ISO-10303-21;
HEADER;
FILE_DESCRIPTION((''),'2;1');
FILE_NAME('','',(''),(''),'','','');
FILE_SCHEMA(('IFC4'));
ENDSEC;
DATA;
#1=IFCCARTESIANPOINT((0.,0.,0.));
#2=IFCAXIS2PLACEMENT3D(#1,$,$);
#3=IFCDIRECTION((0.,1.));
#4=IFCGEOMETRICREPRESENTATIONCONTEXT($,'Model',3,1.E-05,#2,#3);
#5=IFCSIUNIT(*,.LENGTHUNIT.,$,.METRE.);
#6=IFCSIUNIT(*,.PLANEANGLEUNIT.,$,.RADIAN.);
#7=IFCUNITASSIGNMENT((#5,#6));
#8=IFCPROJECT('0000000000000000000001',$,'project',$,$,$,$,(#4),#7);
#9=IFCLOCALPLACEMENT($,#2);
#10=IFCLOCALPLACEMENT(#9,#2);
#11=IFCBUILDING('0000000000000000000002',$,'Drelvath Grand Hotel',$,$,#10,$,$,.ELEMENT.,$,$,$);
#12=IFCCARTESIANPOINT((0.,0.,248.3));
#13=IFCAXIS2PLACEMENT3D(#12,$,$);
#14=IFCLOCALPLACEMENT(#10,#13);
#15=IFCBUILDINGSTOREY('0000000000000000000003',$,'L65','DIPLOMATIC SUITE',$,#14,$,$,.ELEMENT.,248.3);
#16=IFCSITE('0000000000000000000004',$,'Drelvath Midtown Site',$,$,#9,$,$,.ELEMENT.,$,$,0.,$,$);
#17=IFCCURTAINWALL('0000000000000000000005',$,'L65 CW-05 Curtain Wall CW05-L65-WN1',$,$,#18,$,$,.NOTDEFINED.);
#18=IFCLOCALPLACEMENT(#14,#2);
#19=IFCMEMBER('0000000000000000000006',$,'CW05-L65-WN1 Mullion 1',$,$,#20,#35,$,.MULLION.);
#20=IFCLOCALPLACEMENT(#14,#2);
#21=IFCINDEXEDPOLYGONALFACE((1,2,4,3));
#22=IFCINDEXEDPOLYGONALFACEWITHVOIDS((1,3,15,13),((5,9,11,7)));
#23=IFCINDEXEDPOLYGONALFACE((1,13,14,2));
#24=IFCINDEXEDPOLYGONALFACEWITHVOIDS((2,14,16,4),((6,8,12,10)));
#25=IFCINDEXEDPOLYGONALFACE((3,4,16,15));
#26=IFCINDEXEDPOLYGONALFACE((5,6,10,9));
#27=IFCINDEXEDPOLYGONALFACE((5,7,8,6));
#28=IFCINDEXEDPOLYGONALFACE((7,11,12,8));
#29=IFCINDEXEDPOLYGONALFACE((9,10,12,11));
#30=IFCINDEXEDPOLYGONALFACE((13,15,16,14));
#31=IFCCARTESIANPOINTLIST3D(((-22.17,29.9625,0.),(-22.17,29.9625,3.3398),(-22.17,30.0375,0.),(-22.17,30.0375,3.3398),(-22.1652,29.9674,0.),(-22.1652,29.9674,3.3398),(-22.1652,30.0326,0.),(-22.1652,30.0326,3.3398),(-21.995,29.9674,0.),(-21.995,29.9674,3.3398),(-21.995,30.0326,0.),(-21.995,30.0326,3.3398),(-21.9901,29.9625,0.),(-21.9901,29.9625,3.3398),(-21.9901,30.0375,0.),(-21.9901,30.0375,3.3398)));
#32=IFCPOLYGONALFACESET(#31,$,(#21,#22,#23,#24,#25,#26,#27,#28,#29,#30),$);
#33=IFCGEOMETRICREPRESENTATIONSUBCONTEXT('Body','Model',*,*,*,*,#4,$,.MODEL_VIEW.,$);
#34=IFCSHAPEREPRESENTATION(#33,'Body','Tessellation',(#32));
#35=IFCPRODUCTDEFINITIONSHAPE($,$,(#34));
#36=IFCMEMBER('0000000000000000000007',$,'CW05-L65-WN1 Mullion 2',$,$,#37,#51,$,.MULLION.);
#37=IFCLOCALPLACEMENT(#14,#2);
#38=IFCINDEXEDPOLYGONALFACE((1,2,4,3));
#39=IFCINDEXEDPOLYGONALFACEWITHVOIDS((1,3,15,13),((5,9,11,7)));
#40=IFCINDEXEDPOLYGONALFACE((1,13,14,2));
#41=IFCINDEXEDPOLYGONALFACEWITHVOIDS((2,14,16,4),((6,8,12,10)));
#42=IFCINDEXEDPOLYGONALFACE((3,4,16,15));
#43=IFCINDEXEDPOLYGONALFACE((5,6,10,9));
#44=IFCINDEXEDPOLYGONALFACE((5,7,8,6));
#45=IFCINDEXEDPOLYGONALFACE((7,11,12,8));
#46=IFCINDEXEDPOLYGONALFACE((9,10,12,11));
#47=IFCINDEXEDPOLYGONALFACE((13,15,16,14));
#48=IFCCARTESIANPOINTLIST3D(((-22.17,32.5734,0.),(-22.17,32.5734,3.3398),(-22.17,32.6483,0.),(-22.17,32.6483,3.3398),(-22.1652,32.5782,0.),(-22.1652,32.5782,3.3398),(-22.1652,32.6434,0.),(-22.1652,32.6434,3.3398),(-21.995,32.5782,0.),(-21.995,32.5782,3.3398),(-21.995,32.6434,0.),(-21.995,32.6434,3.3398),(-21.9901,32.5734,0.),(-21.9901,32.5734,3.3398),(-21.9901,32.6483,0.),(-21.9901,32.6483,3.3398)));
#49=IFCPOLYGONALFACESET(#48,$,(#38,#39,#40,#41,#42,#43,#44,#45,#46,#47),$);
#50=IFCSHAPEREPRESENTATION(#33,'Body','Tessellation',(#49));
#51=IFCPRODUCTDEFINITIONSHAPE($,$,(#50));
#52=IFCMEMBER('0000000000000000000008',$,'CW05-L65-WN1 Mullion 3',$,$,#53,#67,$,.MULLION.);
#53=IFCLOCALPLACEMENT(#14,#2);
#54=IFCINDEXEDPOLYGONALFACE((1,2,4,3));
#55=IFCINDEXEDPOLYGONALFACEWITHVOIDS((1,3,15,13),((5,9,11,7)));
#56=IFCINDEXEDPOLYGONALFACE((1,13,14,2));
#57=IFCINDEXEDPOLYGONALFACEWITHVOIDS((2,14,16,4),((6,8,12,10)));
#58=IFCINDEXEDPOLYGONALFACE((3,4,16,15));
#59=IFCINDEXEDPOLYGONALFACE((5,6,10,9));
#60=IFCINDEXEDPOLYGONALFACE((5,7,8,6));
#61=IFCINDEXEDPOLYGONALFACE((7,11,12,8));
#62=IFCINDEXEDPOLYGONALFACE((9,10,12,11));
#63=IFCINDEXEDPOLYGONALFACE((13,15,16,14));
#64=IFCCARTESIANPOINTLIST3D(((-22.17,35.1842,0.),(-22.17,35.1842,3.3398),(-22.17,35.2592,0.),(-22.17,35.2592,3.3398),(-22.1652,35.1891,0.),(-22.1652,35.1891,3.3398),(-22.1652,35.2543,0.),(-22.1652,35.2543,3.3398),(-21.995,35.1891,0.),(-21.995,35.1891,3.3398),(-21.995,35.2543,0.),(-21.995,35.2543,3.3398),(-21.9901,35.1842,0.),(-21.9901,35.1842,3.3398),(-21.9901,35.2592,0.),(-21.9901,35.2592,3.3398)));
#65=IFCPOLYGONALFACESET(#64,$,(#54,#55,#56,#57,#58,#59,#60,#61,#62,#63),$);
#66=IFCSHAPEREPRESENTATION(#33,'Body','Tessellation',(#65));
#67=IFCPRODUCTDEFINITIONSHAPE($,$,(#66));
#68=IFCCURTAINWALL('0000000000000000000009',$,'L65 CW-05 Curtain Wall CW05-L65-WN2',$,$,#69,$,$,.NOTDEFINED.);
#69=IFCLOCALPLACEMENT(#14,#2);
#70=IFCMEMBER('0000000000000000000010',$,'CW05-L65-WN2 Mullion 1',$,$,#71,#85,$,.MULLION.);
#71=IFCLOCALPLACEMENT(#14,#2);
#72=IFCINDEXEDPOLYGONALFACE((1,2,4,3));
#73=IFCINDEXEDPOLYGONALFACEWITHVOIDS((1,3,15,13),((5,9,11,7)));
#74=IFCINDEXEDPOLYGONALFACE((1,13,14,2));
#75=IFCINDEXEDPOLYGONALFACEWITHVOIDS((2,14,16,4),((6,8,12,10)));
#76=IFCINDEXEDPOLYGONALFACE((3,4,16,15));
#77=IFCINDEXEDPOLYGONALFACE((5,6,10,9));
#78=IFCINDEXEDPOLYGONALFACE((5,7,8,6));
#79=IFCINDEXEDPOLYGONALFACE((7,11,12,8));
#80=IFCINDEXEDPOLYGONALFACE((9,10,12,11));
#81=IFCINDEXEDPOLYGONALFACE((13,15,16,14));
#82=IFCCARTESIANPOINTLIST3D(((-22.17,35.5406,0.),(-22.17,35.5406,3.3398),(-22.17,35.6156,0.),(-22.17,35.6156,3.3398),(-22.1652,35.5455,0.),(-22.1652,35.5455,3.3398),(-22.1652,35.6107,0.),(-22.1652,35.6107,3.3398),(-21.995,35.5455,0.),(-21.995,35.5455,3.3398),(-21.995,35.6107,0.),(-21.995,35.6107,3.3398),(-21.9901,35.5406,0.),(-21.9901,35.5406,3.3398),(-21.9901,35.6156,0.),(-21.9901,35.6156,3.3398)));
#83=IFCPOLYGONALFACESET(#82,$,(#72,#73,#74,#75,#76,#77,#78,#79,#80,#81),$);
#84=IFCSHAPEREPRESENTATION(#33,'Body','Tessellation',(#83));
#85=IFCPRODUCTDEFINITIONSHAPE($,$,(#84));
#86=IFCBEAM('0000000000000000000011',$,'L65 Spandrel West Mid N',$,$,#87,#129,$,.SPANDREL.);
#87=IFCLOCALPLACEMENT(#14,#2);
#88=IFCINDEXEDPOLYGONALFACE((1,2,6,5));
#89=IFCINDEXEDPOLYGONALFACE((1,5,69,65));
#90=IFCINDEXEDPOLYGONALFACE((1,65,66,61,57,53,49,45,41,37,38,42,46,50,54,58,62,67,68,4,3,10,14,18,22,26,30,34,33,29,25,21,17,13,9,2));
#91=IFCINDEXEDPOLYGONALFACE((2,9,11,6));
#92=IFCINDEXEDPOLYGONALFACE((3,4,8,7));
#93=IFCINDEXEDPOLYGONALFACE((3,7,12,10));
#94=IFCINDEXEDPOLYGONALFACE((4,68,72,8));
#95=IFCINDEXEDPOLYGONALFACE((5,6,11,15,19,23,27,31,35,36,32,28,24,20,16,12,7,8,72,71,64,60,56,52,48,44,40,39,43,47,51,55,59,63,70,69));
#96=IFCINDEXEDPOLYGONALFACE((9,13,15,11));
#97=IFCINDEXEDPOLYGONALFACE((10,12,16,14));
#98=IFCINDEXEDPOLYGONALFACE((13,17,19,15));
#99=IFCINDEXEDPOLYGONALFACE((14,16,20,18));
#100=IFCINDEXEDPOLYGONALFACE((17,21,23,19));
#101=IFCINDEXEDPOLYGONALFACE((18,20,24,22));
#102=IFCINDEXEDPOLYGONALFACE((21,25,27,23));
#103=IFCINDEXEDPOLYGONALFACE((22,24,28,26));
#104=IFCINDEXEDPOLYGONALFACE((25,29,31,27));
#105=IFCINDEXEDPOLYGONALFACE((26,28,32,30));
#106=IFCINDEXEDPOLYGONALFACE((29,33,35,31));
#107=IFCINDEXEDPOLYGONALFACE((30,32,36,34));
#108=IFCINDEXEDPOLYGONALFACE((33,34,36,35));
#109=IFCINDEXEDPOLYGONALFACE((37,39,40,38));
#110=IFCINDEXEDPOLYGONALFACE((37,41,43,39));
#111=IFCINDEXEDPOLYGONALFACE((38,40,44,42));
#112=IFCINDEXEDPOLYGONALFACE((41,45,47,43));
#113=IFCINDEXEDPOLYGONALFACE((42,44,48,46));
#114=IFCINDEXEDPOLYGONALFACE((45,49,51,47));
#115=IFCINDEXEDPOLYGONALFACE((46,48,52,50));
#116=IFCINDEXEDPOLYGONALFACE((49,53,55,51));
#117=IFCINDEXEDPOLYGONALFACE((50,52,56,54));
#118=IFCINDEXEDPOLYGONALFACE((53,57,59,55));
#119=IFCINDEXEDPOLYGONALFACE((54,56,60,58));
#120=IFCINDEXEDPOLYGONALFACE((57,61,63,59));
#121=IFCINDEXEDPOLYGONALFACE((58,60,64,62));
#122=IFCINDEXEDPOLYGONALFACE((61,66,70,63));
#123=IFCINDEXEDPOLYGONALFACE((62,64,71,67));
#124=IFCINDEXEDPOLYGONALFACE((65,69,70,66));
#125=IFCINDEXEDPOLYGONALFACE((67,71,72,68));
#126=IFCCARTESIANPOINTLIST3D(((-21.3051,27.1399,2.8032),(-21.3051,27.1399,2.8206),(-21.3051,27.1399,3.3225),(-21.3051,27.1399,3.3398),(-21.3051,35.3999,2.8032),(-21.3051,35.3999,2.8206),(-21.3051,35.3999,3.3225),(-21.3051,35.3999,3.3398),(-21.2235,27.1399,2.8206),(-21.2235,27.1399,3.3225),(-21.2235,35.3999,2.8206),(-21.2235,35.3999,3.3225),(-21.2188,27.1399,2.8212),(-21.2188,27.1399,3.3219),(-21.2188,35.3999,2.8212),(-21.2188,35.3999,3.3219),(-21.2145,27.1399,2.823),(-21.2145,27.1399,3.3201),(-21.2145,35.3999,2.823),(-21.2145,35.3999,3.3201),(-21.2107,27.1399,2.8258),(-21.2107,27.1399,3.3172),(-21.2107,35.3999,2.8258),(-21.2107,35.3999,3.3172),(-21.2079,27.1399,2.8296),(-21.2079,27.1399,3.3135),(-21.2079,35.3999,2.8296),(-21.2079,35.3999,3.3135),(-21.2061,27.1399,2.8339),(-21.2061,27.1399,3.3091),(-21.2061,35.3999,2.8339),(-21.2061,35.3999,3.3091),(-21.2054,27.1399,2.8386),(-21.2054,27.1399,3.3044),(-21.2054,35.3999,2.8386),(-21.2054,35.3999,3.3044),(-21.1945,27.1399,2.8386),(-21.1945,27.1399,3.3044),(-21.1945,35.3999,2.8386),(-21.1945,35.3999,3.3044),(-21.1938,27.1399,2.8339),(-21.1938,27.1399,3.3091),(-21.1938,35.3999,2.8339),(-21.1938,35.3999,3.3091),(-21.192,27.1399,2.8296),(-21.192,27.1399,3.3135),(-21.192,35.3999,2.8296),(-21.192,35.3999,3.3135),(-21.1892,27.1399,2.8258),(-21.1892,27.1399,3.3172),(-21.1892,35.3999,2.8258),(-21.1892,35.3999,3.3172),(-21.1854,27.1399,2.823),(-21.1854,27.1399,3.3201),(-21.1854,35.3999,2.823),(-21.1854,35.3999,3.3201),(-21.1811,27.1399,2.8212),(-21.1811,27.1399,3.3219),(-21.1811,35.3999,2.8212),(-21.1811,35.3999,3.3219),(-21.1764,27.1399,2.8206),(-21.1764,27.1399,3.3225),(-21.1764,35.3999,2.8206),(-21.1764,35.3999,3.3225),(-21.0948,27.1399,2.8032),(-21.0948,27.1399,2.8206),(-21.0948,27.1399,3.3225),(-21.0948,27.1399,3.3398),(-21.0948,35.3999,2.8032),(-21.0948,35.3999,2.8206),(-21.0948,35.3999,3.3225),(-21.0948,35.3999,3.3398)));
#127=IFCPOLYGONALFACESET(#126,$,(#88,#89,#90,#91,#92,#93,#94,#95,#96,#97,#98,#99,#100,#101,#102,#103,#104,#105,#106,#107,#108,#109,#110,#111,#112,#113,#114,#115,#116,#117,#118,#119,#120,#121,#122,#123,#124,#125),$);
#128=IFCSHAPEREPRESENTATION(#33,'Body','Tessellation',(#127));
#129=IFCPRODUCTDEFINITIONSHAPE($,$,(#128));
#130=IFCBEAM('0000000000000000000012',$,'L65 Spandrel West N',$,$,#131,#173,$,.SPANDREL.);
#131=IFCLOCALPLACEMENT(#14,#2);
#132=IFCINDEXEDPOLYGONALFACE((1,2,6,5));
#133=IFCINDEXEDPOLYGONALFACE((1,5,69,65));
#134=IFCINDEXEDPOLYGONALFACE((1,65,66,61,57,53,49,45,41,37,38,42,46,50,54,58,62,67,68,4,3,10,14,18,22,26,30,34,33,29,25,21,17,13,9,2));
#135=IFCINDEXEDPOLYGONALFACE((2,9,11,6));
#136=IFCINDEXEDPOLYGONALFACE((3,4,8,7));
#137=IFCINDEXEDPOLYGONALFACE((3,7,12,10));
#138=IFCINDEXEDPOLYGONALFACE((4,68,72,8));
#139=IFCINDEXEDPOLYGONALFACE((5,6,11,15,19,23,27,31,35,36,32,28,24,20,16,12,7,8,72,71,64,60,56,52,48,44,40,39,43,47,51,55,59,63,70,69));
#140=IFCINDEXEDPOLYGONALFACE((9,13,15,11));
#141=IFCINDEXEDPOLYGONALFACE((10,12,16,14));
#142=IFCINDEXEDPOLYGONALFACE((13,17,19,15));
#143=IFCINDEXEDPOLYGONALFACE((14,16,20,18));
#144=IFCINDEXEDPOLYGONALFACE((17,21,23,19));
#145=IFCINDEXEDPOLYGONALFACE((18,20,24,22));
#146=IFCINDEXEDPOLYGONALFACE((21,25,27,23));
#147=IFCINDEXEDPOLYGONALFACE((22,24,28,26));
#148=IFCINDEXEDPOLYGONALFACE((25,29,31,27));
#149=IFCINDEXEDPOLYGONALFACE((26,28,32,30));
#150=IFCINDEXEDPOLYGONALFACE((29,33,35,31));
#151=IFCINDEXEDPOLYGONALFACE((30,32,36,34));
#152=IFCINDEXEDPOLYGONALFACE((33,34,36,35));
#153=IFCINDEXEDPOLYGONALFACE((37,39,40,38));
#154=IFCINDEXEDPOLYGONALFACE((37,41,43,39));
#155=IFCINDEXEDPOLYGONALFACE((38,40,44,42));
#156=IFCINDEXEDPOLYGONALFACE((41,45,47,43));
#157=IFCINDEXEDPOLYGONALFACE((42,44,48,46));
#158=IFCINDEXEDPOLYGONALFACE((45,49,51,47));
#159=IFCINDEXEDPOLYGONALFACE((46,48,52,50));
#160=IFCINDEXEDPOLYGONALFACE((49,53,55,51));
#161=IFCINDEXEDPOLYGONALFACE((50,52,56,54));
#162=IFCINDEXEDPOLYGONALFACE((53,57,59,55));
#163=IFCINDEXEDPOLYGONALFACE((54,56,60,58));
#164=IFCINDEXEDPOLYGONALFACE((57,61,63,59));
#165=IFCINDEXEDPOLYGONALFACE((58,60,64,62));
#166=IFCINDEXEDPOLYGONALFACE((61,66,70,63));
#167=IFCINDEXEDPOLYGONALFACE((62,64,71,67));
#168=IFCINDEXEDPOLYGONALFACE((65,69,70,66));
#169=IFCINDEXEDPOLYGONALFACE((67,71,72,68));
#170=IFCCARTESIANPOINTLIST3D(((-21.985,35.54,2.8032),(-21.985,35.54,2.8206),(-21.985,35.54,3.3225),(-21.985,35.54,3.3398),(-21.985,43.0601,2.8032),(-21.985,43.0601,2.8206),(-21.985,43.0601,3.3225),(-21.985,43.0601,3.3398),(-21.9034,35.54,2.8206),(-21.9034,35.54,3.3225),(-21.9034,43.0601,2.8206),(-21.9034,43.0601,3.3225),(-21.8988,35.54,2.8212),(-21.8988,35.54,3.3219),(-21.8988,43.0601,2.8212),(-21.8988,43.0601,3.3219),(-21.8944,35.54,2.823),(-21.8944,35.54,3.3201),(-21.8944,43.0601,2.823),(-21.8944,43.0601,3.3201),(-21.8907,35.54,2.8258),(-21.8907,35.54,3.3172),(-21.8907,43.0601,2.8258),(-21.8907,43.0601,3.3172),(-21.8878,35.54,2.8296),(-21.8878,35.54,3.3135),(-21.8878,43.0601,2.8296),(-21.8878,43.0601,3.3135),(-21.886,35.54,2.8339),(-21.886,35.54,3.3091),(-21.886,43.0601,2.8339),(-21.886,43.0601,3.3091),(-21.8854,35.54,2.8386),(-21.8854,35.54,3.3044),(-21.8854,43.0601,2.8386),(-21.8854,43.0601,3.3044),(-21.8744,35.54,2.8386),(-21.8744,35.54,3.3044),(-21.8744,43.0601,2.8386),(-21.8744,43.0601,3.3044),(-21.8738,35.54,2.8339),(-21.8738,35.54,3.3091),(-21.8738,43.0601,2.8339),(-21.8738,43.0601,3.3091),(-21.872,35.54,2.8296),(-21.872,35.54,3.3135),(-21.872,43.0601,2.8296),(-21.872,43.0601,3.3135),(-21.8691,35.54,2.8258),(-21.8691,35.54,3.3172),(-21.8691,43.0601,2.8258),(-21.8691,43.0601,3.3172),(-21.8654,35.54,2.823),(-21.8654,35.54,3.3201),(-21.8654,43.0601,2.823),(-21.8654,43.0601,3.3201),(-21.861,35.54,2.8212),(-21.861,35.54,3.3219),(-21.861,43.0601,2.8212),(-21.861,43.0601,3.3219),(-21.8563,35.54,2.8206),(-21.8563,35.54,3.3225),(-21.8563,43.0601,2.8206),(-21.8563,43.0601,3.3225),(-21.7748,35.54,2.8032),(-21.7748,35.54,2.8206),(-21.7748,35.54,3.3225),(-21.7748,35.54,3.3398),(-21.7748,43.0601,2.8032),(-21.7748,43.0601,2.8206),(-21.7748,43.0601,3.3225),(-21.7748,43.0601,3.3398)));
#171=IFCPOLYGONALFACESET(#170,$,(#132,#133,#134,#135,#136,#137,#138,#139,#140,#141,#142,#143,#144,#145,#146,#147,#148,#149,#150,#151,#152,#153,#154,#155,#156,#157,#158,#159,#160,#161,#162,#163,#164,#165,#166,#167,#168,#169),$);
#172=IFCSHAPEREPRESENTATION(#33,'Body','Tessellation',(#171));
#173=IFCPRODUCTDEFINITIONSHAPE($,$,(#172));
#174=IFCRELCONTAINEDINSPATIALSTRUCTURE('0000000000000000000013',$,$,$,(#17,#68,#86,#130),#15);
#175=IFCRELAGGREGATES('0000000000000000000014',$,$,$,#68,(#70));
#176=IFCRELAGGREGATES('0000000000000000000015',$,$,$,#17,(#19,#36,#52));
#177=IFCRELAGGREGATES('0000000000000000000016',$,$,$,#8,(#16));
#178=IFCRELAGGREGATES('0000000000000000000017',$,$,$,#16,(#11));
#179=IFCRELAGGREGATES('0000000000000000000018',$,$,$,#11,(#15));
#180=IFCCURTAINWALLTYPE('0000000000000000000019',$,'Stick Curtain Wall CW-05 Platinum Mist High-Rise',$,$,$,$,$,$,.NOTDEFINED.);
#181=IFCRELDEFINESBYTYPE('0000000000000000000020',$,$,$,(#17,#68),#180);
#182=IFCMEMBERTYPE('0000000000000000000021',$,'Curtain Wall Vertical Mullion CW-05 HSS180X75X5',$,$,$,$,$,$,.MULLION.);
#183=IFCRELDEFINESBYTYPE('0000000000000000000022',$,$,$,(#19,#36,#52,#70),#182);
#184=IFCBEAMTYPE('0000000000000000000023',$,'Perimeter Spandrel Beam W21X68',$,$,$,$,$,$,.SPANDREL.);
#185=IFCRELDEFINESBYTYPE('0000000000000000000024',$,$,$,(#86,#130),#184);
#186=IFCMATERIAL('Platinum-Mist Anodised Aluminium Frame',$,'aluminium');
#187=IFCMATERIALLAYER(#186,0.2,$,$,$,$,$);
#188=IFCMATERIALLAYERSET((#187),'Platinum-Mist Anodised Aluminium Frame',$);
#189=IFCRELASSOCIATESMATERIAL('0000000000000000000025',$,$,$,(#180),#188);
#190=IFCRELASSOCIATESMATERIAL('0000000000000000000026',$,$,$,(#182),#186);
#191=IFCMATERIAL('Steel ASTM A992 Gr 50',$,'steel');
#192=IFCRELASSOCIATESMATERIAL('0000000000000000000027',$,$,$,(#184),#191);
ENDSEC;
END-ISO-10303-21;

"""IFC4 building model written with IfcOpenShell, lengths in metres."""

from ifc_helpers import new_model, si_unit, direction, frame, origin, origin_2d, place, context, subcontext, project, spatial, hollow_rectangle, i_section, extrude, material, layer, layer_set, material_profile, profile_set, type_object, element, aggregate, save


model = new_model("IFC4")

# Units and contexts
model_context = context("Model", 3, precision=1e-05, world=origin(), true_north=direction((0.0, 1.0)))
body_context = subcontext(model_context, "Body", "Model", "MODEL_VIEW")
ifc_project = project(units=[si_unit("LENGTHUNIT", "METRE"), si_unit("PLANEANGLEUNIT", "RADIAN")], contexts=[model_context])

# Site, building, storey
site_placement = place(None, origin())
site = spatial("IfcSite", under=ifc_project, at=site_placement, Name="Drelvath Midtown Site", CompositionType="ELEMENT", RefElevation=0.0)
building_placement = place(site_placement, origin())
building = spatial("IfcBuilding", under=site, at=building_placement, Name="Drelvath Grand Hotel", CompositionType="ELEMENT")
storey_placement = place(building_placement, frame((0.0, 0.0, 248.3)))
storey = spatial("IfcBuildingStorey", under=building, at=storey_placement, Name="L65", Description="DIPLOMATIC SUITE", CompositionType="ELEMENT", Elevation=248.3)

# Curtain wall
ifc_material_1 = material(Name="Platinum-Mist Anodised Aluminium Frame", Category="aluminium")
ifc_layer_1 = layer(ifc_material_1, 0.2)
ifc_layer_set_1 = layer_set([ifc_layer_1], Name="Platinum-Mist Anodised Aluminium Frame")
curtain_wall_type = type_object("IfcCurtainWallType", Name="Stick Curtain Wall CW-05 Platinum Mist High-Rise", PredefinedType="NOTDEFINED", material=ifc_layer_set_1)
curtain_wall_1_placement = place(storey_placement, origin())
curtain_wall_1 = element("IfcCurtainWall", 1, at=curtain_wall_1_placement, inside=storey, type_object=curtain_wall_type, Name="L65 CW-05 Curtain Wall CW05-L65-WN1", PredefinedType="NOTDEFINED")
ifc_material_profile_1 = material_profile(ifc_material_1, hollow_rectangle(XDim=0.075, YDim=0.1799, WallThickness=0.0049, at=origin_2d()), Name="HSS180X75X5")
ifc_profile_set_1 = profile_set([ifc_material_profile_1], Name="Platinum-Mist Anodised Aluminium Frame")
member_type_1 = type_object("IfcMemberType", Name="Curtain Wall Vertical Mullion CW-05 HSS180X75X5", PredefinedType="MULLION", material=ifc_profile_set_1)

# Members
member_1_placement = place(storey_placement, frame((-22.0801, 30.0, 0.0), z_axis=(0.0, 0.0, 1.0), x_axis=(0.0, 1.0, 0.0)))
member_1 = element("IfcMember", 2, at=member_1_placement, type_object=member_type_1, Name="CW05-L65-WN1 Mullion 1", PredefinedType="MULLION", context=body_context, shape_type="SweptSolid", body=[
    extrude(hollow_rectangle(XDim=0.075, YDim=0.1799, WallThickness=0.0049, at=origin_2d()), origin(), (0.0, 0.0, 1.0), 3.3398),
])
member_2_placement = place(storey_placement, frame((-22.0801, 32.6108, 0.0), z_axis=(0.0, 0.0, 1.0), x_axis=(0.0, 1.0, 0.0)))
member_2 = element("IfcMember", 3, at=member_2_placement, type_object=member_type_1, Name="CW05-L65-WN1 Mullion 2", PredefinedType="MULLION", context=body_context, shape_type="SweptSolid", body=[
    extrude(hollow_rectangle(XDim=0.075, YDim=0.1799, WallThickness=0.0049, at=origin_2d()), origin(), (0.0, 0.0, 1.0), 3.3398),
])
member_3_placement = place(storey_placement, frame((-22.0801, 35.2217, 0.0), z_axis=(0.0, 0.0, 1.0), x_axis=(0.0, 1.0, 0.0)))
member_3 = element("IfcMember", 4, at=member_3_placement, type_object=member_type_1, Name="CW05-L65-WN1 Mullion 3", PredefinedType="MULLION", context=body_context, shape_type="SweptSolid", body=[
    extrude(hollow_rectangle(XDim=0.075, YDim=0.1799, WallThickness=0.0049, at=origin_2d()), origin(), (0.0, 0.0, 1.0), 3.3398),
])

# Curtain wall, member
curtain_wall_2_placement = place(storey_placement, origin())
curtain_wall_2 = element("IfcCurtainWall", 5, at=curtain_wall_2_placement, inside=storey, type_object=curtain_wall_type, Name="L65 CW-05 Curtain Wall CW05-L65-WN2", PredefinedType="NOTDEFINED")
member_4_placement = place(storey_placement, frame((-22.0801, 35.5781, 0.0), z_axis=(0.0, 0.0, 1.0), x_axis=(0.0, 1.0, 0.0)))
member_4 = element("IfcMember", 6, at=member_4_placement, type_object=member_type_1, Name="CW05-L65-WN2 Mullion 1", PredefinedType="MULLION", context=body_context, shape_type="SweptSolid", body=[
    extrude(hollow_rectangle(XDim=0.075, YDim=0.1799, WallThickness=0.0049, at=origin_2d()), origin(), (0.0, 0.0, 1.0), 3.3398),
])
aggregate(curtain_wall_2, [member_4])

# Beams
ifc_material_2 = material(Name="Steel ASTM A992 Gr 50", Category="steel")
ifc_material_profile_2 = material_profile(ifc_material_2, i_section(OverallWidth=0.2102, OverallDepth=0.5366, WebThickness=0.011, FlangeThickness=0.0173, FilletRadius=0.0181, at=origin_2d()), Name="W21X68")
ifc_profile_set_2 = profile_set([ifc_material_profile_2], Name="Steel ASTM A992 Gr 50")
beam_type_1 = type_object("IfcBeamType", Name="Perimeter Spandrel Beam W21X68", PredefinedType="SPANDREL", material=ifc_profile_set_2)
beam_1_placement = place(storey_placement, frame((-21.2, 27.1399, 3.0715), z_axis=(0.0, 1.0, 0.0), x_axis=(-1.0, 0.0, 0.0)))
element("IfcBeam", 7, at=beam_1_placement, inside=storey, type_object=beam_type_1, Name="L65 Spandrel West Mid N", PredefinedType="SPANDREL", context=body_context, shape_type="SweptSolid", body=[
    extrude(i_section(OverallWidth=0.2102, OverallDepth=0.5366, WebThickness=0.011, FlangeThickness=0.0173, FilletRadius=0.0181, at=origin_2d()), origin(), (0.0, 0.0, 1.0), 8.26),
])
beam_2_placement = place(storey_placement, frame((-21.8799, 35.54, 3.0715), z_axis=(0.0, 1.0, 0.0), x_axis=(-1.0, 0.0, 0.0)))
element("IfcBeam", 8, at=beam_2_placement, inside=storey, type_object=beam_type_1, Name="L65 Spandrel West N", PredefinedType="SPANDREL", context=body_context, shape_type="SweptSolid", body=[
    extrude(i_section(OverallWidth=0.2102, OverallDepth=0.5366, WebThickness=0.011, FlangeThickness=0.0173, FilletRadius=0.0181, at=origin_2d()), origin(), (0.0, 0.0, 1.0), 7.52),
])

aggregate(curtain_wall_1, [member_1, member_2, member_3])

save(model, "model.ifc")
